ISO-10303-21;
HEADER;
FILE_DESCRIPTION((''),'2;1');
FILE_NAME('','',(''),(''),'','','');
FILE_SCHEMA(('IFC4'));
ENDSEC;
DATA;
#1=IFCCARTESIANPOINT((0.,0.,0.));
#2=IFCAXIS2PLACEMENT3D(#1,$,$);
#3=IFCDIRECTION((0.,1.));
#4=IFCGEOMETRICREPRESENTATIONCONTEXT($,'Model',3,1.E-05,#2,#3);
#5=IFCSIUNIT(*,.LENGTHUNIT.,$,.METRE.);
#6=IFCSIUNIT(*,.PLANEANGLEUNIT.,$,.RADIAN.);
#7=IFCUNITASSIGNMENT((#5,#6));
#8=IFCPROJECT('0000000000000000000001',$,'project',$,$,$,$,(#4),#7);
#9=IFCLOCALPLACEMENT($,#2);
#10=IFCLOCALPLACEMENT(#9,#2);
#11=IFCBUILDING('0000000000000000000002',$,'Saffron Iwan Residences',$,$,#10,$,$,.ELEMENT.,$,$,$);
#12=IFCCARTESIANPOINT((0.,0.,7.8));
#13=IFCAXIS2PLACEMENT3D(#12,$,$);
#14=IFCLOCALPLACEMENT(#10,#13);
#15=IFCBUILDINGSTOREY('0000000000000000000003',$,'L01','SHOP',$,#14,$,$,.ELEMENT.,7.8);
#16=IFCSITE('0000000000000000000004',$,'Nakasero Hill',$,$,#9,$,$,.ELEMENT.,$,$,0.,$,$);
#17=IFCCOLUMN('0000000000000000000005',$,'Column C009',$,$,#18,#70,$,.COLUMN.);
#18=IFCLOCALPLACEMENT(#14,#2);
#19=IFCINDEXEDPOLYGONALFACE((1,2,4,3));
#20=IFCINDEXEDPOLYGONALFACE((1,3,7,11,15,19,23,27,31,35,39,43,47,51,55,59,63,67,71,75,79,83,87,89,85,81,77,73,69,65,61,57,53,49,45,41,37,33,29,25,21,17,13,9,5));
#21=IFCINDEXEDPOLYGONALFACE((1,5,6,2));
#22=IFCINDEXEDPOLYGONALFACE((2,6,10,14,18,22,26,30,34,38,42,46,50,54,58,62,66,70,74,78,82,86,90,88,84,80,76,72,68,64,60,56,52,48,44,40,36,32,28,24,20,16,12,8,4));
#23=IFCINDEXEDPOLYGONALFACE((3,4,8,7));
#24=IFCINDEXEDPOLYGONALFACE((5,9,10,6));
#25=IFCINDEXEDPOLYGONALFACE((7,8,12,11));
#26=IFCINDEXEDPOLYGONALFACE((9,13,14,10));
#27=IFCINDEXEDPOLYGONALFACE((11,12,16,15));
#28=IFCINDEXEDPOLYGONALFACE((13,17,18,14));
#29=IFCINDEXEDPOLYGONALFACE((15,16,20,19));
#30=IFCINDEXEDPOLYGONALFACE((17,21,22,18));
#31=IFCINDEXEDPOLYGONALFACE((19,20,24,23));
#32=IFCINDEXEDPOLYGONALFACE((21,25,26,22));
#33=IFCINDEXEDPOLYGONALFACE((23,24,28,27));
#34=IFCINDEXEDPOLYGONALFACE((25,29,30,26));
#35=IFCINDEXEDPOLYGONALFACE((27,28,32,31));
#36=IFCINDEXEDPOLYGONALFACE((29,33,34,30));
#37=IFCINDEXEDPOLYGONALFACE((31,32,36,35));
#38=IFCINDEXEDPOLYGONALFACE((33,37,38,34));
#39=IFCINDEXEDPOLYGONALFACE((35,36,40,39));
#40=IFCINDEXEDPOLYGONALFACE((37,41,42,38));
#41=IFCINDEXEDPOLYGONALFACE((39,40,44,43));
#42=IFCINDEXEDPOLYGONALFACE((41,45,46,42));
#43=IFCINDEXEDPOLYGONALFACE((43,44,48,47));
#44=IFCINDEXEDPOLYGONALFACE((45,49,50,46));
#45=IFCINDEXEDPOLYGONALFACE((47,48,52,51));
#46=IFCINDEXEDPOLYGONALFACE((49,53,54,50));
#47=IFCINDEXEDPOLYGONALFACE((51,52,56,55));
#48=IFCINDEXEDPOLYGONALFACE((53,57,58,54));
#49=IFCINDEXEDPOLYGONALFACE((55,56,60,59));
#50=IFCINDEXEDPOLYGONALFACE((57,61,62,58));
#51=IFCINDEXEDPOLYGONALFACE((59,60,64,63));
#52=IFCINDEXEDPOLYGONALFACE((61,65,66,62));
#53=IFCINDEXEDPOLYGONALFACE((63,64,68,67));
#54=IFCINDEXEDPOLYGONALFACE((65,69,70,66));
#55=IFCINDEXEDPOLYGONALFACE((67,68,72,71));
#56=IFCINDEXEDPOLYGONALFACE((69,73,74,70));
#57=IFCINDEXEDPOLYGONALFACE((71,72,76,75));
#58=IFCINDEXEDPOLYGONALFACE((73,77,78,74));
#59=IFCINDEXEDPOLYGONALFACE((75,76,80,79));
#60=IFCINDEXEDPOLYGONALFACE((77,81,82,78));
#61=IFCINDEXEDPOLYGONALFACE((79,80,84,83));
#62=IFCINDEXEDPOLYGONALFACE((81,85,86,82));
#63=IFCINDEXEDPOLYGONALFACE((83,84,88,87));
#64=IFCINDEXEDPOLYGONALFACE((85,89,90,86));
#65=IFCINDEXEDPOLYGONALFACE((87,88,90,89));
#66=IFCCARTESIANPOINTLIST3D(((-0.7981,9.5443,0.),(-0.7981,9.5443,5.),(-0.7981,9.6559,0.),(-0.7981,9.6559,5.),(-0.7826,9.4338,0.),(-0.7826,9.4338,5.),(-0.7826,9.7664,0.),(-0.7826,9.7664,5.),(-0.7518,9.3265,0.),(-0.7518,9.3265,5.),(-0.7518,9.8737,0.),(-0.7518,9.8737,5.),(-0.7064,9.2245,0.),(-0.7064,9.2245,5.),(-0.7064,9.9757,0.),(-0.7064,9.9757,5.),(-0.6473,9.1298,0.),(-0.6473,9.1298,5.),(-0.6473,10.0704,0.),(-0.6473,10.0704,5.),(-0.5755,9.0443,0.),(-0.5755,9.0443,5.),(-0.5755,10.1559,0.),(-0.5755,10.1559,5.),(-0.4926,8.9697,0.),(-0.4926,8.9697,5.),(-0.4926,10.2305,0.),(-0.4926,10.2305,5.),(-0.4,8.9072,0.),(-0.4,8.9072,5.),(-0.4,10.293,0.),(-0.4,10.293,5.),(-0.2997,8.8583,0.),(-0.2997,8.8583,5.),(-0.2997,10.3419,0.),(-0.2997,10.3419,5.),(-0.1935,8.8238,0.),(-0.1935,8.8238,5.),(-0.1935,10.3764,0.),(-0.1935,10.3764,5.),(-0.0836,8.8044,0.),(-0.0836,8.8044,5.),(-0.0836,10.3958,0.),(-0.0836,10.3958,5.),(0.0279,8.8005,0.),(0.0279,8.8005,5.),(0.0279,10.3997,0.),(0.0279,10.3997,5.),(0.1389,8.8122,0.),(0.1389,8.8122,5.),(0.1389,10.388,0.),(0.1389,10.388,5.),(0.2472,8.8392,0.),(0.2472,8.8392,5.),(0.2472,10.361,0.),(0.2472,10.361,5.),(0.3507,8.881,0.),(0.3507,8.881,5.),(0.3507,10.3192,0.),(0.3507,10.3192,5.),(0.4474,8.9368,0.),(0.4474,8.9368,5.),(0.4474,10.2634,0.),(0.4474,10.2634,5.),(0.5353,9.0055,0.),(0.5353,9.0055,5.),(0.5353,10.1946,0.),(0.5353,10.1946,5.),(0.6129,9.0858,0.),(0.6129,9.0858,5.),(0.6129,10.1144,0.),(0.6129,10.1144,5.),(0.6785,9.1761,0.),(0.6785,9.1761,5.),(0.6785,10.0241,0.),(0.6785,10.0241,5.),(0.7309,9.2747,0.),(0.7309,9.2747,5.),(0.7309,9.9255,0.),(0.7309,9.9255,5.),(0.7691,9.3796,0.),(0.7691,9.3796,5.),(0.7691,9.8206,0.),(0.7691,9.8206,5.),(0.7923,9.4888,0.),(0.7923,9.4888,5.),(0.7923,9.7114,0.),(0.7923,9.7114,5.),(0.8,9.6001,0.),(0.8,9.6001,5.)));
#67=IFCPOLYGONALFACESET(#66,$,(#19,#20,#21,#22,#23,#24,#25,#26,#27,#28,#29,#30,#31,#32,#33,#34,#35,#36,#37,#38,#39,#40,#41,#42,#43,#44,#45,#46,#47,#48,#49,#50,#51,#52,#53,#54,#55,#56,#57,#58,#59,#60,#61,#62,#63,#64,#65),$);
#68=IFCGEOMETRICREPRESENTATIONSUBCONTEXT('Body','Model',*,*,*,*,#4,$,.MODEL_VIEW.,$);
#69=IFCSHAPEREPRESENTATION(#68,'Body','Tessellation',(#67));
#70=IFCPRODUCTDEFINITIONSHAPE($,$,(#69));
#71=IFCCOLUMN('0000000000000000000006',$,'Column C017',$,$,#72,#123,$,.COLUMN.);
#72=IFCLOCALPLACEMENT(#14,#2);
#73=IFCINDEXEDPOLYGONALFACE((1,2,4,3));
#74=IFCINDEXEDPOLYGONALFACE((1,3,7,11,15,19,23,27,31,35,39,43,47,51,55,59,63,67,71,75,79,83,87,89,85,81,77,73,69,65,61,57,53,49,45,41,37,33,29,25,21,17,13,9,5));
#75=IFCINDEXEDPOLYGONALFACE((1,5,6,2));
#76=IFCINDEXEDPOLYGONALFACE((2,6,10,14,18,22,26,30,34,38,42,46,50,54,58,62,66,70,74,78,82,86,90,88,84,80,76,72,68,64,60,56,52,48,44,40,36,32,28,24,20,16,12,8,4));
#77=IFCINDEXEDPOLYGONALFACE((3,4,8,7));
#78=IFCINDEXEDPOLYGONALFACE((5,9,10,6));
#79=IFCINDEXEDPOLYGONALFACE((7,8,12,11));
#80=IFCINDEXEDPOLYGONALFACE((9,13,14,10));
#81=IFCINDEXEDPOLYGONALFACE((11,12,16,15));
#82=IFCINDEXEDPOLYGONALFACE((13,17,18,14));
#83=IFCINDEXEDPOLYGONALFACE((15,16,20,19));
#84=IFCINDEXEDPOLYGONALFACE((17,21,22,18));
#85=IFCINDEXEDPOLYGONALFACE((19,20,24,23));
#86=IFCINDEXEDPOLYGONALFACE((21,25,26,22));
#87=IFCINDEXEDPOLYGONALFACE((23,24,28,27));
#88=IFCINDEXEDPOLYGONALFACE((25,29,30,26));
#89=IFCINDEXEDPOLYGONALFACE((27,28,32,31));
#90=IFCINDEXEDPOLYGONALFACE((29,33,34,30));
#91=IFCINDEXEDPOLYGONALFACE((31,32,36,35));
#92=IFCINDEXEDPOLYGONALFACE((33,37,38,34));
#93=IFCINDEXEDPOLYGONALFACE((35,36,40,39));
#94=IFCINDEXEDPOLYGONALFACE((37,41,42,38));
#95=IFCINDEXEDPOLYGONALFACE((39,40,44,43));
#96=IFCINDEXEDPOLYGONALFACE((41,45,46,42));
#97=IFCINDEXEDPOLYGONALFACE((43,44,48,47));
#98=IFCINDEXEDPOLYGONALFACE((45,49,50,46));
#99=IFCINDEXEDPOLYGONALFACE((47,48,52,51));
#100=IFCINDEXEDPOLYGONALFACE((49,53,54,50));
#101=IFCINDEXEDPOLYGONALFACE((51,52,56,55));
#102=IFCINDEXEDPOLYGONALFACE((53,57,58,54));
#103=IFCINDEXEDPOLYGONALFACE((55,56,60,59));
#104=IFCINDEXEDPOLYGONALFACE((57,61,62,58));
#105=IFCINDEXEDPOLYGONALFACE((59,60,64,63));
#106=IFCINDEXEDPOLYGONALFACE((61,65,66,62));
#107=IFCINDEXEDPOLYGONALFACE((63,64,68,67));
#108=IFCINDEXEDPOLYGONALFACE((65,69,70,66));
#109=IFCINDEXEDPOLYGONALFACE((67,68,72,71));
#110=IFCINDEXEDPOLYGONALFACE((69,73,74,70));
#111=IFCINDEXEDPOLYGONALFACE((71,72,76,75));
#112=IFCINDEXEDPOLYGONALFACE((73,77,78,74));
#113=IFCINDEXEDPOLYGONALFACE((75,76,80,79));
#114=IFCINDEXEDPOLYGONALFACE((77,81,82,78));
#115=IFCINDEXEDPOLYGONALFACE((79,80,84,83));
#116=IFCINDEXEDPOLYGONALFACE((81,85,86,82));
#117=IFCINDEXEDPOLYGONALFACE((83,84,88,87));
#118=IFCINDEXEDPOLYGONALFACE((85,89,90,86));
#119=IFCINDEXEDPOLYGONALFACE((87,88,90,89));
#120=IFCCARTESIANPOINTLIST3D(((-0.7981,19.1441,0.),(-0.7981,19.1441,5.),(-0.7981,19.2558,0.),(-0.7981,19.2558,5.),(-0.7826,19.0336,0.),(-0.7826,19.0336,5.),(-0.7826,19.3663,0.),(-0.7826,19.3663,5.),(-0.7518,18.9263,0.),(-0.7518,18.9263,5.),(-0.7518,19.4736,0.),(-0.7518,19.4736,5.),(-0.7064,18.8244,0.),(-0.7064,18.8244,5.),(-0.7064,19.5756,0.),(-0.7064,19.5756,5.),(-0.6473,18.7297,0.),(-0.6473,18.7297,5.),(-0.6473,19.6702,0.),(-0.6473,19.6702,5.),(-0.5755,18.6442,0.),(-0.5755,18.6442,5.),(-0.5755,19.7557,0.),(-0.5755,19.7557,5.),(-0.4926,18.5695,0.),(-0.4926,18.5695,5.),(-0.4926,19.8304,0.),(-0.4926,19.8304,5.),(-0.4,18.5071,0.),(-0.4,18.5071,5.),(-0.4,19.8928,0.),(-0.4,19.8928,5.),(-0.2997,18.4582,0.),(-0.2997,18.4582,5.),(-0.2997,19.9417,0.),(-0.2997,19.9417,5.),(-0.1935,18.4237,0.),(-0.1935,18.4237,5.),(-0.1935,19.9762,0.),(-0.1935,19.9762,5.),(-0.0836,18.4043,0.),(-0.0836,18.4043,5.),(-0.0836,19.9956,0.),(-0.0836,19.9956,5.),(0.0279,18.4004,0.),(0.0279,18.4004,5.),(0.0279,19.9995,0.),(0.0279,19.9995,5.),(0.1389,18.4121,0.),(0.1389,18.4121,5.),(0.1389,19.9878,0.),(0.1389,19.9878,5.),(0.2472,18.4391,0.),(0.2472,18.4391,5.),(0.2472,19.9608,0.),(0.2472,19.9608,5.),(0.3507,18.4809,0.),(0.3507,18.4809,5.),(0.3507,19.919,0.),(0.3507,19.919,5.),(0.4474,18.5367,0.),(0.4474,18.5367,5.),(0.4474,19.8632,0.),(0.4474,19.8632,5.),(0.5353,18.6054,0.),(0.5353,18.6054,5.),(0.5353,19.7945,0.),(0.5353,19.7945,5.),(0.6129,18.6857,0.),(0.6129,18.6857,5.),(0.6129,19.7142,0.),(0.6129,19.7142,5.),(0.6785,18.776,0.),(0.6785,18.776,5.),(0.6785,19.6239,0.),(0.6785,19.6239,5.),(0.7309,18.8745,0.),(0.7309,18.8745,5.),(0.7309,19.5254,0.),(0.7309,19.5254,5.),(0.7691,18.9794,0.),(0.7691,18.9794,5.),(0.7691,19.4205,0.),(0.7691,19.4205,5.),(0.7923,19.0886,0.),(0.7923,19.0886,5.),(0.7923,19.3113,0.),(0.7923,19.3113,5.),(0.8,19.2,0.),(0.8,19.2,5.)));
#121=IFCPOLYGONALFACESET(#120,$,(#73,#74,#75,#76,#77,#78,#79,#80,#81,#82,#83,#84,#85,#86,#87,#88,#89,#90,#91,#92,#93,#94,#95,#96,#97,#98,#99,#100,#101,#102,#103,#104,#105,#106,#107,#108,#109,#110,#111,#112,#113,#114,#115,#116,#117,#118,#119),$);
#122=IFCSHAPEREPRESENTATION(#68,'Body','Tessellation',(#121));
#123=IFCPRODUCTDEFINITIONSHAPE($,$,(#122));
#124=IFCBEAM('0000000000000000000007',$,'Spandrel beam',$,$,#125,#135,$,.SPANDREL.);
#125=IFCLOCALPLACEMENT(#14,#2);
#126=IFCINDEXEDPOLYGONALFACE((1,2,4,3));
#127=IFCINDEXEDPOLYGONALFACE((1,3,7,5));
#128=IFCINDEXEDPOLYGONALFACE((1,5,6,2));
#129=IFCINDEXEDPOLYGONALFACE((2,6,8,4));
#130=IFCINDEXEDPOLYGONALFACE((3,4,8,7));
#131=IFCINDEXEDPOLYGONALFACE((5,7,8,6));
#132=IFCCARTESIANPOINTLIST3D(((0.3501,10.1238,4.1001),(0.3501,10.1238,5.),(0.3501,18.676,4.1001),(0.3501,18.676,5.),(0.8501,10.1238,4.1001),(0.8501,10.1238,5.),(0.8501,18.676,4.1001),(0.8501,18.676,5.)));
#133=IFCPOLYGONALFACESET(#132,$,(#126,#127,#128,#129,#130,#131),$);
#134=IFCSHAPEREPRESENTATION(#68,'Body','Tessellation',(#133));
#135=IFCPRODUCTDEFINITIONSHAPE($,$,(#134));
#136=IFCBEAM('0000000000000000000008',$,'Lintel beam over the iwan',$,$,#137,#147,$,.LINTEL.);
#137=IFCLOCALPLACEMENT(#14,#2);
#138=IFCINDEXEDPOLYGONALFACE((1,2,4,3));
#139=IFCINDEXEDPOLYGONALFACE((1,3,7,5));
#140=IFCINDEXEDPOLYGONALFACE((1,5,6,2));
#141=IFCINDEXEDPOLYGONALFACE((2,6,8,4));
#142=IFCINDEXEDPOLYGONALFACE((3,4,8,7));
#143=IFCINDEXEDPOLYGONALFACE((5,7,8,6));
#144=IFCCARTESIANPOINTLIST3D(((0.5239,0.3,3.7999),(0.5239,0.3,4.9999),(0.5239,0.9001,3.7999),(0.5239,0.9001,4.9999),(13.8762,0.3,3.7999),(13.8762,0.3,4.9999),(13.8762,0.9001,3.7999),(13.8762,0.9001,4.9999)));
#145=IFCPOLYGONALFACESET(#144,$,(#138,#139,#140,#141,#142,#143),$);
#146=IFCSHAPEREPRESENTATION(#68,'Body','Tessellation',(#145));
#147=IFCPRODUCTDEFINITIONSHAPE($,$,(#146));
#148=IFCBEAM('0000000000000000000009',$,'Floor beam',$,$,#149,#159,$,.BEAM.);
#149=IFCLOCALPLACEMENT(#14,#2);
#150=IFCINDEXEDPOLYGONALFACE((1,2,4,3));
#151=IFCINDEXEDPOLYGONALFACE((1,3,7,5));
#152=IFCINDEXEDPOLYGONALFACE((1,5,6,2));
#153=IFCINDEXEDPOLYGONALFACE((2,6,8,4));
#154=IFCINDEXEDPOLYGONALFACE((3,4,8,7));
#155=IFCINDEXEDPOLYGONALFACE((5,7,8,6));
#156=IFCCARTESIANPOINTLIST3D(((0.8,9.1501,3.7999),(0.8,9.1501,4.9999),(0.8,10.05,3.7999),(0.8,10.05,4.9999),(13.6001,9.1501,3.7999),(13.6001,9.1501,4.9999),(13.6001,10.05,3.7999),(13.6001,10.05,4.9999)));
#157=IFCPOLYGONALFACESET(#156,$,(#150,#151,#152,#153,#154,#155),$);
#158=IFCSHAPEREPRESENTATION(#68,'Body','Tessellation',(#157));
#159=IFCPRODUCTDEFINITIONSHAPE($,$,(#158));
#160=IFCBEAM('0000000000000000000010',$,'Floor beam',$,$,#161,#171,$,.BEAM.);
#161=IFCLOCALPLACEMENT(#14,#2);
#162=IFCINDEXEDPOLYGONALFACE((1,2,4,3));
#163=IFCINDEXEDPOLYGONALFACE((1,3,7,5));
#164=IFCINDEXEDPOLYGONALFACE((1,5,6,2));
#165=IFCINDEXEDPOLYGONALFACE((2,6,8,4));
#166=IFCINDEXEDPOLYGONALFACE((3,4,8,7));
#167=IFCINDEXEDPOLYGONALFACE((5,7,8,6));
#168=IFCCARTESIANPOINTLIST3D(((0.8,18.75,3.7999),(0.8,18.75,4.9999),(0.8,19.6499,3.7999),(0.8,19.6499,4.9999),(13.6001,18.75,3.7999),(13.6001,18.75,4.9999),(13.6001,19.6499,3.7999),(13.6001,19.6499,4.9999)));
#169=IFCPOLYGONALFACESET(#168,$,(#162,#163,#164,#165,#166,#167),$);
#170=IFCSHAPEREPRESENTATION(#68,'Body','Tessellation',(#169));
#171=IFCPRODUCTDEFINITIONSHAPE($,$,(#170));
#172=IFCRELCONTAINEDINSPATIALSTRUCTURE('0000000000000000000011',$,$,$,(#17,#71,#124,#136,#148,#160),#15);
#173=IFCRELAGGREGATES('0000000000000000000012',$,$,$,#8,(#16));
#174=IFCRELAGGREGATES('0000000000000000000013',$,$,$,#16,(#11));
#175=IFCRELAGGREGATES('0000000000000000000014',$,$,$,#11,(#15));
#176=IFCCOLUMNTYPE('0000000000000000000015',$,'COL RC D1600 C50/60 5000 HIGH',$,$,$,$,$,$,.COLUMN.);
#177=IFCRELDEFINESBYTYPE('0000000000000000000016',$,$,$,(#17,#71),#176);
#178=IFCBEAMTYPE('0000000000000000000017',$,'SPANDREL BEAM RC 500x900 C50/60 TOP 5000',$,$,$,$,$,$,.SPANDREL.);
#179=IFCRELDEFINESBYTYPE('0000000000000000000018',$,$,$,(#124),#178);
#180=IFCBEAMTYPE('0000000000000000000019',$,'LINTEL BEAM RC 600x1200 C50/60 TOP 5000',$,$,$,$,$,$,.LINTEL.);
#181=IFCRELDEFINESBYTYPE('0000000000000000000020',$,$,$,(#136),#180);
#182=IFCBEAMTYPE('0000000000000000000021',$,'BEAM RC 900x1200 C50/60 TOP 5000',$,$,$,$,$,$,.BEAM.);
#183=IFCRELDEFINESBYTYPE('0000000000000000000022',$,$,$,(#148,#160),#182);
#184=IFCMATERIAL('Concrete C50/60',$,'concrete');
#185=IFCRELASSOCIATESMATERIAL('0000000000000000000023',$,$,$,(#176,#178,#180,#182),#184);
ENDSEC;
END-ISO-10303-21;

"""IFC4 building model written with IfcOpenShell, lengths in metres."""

from ifc_helpers import new_model, si_unit, direction, frame, origin, origin_2d, place, context, subcontext, project, spatial, rectangle, circle, extrude, source, transform, mapped, material, material_profile, profile_set, type_object, element, save


model = new_model("IFC4")

# Units and contexts
model_context = context("Model", 3, precision=1e-05, world=origin(), true_north=direction((0.0, 1.0)))
body_context = subcontext(model_context, "Body", "Model", "MODEL_VIEW")
ifc_project = project(units=[si_unit("LENGTHUNIT", "METRE"), si_unit("PLANEANGLEUNIT", "RADIAN")], contexts=[model_context])

# Site, building, storey
site_placement = place(None, origin())
site = spatial("IfcSite", under=ifc_project, at=site_placement, Name="Nakasero Hill", CompositionType="ELEMENT", RefElevation=0.0)
building_placement = place(site_placement, origin())
building = spatial("IfcBuilding", under=site, at=building_placement, Name="Saffron Iwan Residences", CompositionType="ELEMENT")
storey_placement = place(building_placement, frame((0.0, 0.0, 7.8)))
storey = spatial("IfcBuildingStorey", under=building, at=storey_placement, Name="L01", Description="SHOP", CompositionType="ELEMENT", Elevation=7.8)

# Columns
ifc_material_1 = material(Name="Concrete C50/60", Category="concrete")
ifc_material_profile_1 = material_profile(ifc_material_1, circle(Radius=0.8, at=origin_2d()), Name="RC D1600")
ifc_profile_set_1 = profile_set([ifc_material_profile_1], Name="Concrete C50/60")
column_type = type_object("IfcColumnType", Name="COL RC D1600 C50/60 5000 HIGH", PredefinedType="COLUMN", material=ifc_profile_set_1)
shared_shape_1 = source(origin(), body_context, "Body", "SweptSolid", [
    extrude(circle(Radius=0.8, at=origin_2d()), origin(), (0.0, 0.0, 1.0), 5.0),
])
for number, where, z_axis, x_axis, name in (
    (1, (0.0, 9.6001, 0.0), (0.0, 0.0, 1.0), (1.0, 0.0, 0.0), "Column C009"),
    (2, (0.0, 19.2, 0.0), (0.0, 0.0, 1.0), (1.0, 0.0, 0.0), "Column C017"),
):
    element("IfcColumn", number, at=place(storey_placement, frame(where, z_axis=z_axis, x_axis=x_axis)), inside=storey, type_object=column_type, Name=name, PredefinedType="COLUMN", context=body_context, shape_type="MappedRepresentation", body=[
        mapped(shared_shape_1, transform((0.0, 0.0, 0.0))),
    ])

# Beams
ifc_material_profile_2 = material_profile(ifc_material_1, rectangle(XDim=0.5, YDim=0.8999, at=origin_2d()), Name="RC 500x900")
ifc_profile_set_2 = profile_set([ifc_material_profile_2], Name="Concrete C50/60")
beam_type_1 = type_object("IfcBeamType", Name="SPANDREL BEAM RC 500x900 C50/60 TOP 5000", PredefinedType="SPANDREL", material=ifc_profile_set_2)
shared_shape_2 = source(origin(), body_context, "Body", "SweptSolid", [
    extrude(rectangle(XDim=0.5, YDim=0.8999, at=origin_2d()), origin(), (0.0, 0.0, 1.0), 8.5522),
])
beam_1_placement = place(storey_placement, frame((0.6001, 10.1238, 4.55), z_axis=(0.0, 1.0, 0.0), x_axis=(-1.0, 0.0, 0.0)))
element("IfcBeam", 3, at=beam_1_placement, inside=storey, type_object=beam_type_1, Name="Spandrel beam", PredefinedType="SPANDREL", context=body_context, shape_type="MappedRepresentation", body=[
    mapped(shared_shape_2, transform((0.0, 0.0, 0.0))),
])
ifc_material_profile_3 = material_profile(ifc_material_1, rectangle(XDim=0.6001, YDim=1.2, at=origin_2d()), Name="RC 600x1200")
ifc_profile_set_3 = profile_set([ifc_material_profile_3], Name="Concrete C50/60")
beam_type_2 = type_object("IfcBeamType", Name="LINTEL BEAM RC 600x1200 C50/60 TOP 5000", PredefinedType="LINTEL", material=ifc_profile_set_3)
shared_shape_3 = source(origin(), body_context, "Body", "SweptSolid", [
    extrude(rectangle(XDim=0.6001, YDim=1.2, at=origin_2d()), origin(), (0.0, 0.0, 1.0), 13.3523),
])
beam_2_placement = place(storey_placement, frame((13.8762, 0.6001, 4.3999), z_axis=(-1.0, 0.0, 0.0), x_axis=(0.0, -1.0, 0.0)))
element("IfcBeam", 4, at=beam_2_placement, inside=storey, type_object=beam_type_2, Name="Lintel beam over the iwan", PredefinedType="LINTEL", context=body_context, shape_type="MappedRepresentation", body=[
    mapped(shared_shape_3, transform((0.0, 0.0, 0.0))),
])
ifc_material_profile_4 = material_profile(ifc_material_1, rectangle(XDim=0.8999, YDim=1.2, at=origin_2d()), Name="RC 900x1200")
ifc_profile_set_4 = profile_set([ifc_material_profile_4], Name="Concrete C50/60")
beam_type_3 = type_object("IfcBeamType", Name="BEAM RC 900x1200 C50/60 TOP 5000", PredefinedType="BEAM", material=ifc_profile_set_4)
shared_shape_4 = source(origin(), body_context, "Body", "SweptSolid", [
    extrude(rectangle(XDim=0.8999, YDim=1.2, at=origin_2d()), origin(), (0.0, 0.0, 1.0), 12.8),
])
for number, where, z_axis, x_axis, name in (
    (5, (0.8, 9.6001, 4.3999), (1.0, 0.0, 0.0), (0.0, 1.0, 0.0), "Floor beam"),
    (6, (0.8, 19.2, 4.3999), (1.0, 0.0, 0.0), (0.0, 1.0, 0.0), "Floor beam"),
):
    element("IfcBeam", number, at=place(storey_placement, frame(where, z_axis=z_axis, x_axis=x_axis)), inside=storey, type_object=beam_type_3, Name=name, PredefinedType="BEAM", context=body_context, shape_type="MappedRepresentation", body=[
        mapped(shared_shape_4, transform((0.0, 0.0, 0.0))),
    ])

save(model, "model.ifc")
